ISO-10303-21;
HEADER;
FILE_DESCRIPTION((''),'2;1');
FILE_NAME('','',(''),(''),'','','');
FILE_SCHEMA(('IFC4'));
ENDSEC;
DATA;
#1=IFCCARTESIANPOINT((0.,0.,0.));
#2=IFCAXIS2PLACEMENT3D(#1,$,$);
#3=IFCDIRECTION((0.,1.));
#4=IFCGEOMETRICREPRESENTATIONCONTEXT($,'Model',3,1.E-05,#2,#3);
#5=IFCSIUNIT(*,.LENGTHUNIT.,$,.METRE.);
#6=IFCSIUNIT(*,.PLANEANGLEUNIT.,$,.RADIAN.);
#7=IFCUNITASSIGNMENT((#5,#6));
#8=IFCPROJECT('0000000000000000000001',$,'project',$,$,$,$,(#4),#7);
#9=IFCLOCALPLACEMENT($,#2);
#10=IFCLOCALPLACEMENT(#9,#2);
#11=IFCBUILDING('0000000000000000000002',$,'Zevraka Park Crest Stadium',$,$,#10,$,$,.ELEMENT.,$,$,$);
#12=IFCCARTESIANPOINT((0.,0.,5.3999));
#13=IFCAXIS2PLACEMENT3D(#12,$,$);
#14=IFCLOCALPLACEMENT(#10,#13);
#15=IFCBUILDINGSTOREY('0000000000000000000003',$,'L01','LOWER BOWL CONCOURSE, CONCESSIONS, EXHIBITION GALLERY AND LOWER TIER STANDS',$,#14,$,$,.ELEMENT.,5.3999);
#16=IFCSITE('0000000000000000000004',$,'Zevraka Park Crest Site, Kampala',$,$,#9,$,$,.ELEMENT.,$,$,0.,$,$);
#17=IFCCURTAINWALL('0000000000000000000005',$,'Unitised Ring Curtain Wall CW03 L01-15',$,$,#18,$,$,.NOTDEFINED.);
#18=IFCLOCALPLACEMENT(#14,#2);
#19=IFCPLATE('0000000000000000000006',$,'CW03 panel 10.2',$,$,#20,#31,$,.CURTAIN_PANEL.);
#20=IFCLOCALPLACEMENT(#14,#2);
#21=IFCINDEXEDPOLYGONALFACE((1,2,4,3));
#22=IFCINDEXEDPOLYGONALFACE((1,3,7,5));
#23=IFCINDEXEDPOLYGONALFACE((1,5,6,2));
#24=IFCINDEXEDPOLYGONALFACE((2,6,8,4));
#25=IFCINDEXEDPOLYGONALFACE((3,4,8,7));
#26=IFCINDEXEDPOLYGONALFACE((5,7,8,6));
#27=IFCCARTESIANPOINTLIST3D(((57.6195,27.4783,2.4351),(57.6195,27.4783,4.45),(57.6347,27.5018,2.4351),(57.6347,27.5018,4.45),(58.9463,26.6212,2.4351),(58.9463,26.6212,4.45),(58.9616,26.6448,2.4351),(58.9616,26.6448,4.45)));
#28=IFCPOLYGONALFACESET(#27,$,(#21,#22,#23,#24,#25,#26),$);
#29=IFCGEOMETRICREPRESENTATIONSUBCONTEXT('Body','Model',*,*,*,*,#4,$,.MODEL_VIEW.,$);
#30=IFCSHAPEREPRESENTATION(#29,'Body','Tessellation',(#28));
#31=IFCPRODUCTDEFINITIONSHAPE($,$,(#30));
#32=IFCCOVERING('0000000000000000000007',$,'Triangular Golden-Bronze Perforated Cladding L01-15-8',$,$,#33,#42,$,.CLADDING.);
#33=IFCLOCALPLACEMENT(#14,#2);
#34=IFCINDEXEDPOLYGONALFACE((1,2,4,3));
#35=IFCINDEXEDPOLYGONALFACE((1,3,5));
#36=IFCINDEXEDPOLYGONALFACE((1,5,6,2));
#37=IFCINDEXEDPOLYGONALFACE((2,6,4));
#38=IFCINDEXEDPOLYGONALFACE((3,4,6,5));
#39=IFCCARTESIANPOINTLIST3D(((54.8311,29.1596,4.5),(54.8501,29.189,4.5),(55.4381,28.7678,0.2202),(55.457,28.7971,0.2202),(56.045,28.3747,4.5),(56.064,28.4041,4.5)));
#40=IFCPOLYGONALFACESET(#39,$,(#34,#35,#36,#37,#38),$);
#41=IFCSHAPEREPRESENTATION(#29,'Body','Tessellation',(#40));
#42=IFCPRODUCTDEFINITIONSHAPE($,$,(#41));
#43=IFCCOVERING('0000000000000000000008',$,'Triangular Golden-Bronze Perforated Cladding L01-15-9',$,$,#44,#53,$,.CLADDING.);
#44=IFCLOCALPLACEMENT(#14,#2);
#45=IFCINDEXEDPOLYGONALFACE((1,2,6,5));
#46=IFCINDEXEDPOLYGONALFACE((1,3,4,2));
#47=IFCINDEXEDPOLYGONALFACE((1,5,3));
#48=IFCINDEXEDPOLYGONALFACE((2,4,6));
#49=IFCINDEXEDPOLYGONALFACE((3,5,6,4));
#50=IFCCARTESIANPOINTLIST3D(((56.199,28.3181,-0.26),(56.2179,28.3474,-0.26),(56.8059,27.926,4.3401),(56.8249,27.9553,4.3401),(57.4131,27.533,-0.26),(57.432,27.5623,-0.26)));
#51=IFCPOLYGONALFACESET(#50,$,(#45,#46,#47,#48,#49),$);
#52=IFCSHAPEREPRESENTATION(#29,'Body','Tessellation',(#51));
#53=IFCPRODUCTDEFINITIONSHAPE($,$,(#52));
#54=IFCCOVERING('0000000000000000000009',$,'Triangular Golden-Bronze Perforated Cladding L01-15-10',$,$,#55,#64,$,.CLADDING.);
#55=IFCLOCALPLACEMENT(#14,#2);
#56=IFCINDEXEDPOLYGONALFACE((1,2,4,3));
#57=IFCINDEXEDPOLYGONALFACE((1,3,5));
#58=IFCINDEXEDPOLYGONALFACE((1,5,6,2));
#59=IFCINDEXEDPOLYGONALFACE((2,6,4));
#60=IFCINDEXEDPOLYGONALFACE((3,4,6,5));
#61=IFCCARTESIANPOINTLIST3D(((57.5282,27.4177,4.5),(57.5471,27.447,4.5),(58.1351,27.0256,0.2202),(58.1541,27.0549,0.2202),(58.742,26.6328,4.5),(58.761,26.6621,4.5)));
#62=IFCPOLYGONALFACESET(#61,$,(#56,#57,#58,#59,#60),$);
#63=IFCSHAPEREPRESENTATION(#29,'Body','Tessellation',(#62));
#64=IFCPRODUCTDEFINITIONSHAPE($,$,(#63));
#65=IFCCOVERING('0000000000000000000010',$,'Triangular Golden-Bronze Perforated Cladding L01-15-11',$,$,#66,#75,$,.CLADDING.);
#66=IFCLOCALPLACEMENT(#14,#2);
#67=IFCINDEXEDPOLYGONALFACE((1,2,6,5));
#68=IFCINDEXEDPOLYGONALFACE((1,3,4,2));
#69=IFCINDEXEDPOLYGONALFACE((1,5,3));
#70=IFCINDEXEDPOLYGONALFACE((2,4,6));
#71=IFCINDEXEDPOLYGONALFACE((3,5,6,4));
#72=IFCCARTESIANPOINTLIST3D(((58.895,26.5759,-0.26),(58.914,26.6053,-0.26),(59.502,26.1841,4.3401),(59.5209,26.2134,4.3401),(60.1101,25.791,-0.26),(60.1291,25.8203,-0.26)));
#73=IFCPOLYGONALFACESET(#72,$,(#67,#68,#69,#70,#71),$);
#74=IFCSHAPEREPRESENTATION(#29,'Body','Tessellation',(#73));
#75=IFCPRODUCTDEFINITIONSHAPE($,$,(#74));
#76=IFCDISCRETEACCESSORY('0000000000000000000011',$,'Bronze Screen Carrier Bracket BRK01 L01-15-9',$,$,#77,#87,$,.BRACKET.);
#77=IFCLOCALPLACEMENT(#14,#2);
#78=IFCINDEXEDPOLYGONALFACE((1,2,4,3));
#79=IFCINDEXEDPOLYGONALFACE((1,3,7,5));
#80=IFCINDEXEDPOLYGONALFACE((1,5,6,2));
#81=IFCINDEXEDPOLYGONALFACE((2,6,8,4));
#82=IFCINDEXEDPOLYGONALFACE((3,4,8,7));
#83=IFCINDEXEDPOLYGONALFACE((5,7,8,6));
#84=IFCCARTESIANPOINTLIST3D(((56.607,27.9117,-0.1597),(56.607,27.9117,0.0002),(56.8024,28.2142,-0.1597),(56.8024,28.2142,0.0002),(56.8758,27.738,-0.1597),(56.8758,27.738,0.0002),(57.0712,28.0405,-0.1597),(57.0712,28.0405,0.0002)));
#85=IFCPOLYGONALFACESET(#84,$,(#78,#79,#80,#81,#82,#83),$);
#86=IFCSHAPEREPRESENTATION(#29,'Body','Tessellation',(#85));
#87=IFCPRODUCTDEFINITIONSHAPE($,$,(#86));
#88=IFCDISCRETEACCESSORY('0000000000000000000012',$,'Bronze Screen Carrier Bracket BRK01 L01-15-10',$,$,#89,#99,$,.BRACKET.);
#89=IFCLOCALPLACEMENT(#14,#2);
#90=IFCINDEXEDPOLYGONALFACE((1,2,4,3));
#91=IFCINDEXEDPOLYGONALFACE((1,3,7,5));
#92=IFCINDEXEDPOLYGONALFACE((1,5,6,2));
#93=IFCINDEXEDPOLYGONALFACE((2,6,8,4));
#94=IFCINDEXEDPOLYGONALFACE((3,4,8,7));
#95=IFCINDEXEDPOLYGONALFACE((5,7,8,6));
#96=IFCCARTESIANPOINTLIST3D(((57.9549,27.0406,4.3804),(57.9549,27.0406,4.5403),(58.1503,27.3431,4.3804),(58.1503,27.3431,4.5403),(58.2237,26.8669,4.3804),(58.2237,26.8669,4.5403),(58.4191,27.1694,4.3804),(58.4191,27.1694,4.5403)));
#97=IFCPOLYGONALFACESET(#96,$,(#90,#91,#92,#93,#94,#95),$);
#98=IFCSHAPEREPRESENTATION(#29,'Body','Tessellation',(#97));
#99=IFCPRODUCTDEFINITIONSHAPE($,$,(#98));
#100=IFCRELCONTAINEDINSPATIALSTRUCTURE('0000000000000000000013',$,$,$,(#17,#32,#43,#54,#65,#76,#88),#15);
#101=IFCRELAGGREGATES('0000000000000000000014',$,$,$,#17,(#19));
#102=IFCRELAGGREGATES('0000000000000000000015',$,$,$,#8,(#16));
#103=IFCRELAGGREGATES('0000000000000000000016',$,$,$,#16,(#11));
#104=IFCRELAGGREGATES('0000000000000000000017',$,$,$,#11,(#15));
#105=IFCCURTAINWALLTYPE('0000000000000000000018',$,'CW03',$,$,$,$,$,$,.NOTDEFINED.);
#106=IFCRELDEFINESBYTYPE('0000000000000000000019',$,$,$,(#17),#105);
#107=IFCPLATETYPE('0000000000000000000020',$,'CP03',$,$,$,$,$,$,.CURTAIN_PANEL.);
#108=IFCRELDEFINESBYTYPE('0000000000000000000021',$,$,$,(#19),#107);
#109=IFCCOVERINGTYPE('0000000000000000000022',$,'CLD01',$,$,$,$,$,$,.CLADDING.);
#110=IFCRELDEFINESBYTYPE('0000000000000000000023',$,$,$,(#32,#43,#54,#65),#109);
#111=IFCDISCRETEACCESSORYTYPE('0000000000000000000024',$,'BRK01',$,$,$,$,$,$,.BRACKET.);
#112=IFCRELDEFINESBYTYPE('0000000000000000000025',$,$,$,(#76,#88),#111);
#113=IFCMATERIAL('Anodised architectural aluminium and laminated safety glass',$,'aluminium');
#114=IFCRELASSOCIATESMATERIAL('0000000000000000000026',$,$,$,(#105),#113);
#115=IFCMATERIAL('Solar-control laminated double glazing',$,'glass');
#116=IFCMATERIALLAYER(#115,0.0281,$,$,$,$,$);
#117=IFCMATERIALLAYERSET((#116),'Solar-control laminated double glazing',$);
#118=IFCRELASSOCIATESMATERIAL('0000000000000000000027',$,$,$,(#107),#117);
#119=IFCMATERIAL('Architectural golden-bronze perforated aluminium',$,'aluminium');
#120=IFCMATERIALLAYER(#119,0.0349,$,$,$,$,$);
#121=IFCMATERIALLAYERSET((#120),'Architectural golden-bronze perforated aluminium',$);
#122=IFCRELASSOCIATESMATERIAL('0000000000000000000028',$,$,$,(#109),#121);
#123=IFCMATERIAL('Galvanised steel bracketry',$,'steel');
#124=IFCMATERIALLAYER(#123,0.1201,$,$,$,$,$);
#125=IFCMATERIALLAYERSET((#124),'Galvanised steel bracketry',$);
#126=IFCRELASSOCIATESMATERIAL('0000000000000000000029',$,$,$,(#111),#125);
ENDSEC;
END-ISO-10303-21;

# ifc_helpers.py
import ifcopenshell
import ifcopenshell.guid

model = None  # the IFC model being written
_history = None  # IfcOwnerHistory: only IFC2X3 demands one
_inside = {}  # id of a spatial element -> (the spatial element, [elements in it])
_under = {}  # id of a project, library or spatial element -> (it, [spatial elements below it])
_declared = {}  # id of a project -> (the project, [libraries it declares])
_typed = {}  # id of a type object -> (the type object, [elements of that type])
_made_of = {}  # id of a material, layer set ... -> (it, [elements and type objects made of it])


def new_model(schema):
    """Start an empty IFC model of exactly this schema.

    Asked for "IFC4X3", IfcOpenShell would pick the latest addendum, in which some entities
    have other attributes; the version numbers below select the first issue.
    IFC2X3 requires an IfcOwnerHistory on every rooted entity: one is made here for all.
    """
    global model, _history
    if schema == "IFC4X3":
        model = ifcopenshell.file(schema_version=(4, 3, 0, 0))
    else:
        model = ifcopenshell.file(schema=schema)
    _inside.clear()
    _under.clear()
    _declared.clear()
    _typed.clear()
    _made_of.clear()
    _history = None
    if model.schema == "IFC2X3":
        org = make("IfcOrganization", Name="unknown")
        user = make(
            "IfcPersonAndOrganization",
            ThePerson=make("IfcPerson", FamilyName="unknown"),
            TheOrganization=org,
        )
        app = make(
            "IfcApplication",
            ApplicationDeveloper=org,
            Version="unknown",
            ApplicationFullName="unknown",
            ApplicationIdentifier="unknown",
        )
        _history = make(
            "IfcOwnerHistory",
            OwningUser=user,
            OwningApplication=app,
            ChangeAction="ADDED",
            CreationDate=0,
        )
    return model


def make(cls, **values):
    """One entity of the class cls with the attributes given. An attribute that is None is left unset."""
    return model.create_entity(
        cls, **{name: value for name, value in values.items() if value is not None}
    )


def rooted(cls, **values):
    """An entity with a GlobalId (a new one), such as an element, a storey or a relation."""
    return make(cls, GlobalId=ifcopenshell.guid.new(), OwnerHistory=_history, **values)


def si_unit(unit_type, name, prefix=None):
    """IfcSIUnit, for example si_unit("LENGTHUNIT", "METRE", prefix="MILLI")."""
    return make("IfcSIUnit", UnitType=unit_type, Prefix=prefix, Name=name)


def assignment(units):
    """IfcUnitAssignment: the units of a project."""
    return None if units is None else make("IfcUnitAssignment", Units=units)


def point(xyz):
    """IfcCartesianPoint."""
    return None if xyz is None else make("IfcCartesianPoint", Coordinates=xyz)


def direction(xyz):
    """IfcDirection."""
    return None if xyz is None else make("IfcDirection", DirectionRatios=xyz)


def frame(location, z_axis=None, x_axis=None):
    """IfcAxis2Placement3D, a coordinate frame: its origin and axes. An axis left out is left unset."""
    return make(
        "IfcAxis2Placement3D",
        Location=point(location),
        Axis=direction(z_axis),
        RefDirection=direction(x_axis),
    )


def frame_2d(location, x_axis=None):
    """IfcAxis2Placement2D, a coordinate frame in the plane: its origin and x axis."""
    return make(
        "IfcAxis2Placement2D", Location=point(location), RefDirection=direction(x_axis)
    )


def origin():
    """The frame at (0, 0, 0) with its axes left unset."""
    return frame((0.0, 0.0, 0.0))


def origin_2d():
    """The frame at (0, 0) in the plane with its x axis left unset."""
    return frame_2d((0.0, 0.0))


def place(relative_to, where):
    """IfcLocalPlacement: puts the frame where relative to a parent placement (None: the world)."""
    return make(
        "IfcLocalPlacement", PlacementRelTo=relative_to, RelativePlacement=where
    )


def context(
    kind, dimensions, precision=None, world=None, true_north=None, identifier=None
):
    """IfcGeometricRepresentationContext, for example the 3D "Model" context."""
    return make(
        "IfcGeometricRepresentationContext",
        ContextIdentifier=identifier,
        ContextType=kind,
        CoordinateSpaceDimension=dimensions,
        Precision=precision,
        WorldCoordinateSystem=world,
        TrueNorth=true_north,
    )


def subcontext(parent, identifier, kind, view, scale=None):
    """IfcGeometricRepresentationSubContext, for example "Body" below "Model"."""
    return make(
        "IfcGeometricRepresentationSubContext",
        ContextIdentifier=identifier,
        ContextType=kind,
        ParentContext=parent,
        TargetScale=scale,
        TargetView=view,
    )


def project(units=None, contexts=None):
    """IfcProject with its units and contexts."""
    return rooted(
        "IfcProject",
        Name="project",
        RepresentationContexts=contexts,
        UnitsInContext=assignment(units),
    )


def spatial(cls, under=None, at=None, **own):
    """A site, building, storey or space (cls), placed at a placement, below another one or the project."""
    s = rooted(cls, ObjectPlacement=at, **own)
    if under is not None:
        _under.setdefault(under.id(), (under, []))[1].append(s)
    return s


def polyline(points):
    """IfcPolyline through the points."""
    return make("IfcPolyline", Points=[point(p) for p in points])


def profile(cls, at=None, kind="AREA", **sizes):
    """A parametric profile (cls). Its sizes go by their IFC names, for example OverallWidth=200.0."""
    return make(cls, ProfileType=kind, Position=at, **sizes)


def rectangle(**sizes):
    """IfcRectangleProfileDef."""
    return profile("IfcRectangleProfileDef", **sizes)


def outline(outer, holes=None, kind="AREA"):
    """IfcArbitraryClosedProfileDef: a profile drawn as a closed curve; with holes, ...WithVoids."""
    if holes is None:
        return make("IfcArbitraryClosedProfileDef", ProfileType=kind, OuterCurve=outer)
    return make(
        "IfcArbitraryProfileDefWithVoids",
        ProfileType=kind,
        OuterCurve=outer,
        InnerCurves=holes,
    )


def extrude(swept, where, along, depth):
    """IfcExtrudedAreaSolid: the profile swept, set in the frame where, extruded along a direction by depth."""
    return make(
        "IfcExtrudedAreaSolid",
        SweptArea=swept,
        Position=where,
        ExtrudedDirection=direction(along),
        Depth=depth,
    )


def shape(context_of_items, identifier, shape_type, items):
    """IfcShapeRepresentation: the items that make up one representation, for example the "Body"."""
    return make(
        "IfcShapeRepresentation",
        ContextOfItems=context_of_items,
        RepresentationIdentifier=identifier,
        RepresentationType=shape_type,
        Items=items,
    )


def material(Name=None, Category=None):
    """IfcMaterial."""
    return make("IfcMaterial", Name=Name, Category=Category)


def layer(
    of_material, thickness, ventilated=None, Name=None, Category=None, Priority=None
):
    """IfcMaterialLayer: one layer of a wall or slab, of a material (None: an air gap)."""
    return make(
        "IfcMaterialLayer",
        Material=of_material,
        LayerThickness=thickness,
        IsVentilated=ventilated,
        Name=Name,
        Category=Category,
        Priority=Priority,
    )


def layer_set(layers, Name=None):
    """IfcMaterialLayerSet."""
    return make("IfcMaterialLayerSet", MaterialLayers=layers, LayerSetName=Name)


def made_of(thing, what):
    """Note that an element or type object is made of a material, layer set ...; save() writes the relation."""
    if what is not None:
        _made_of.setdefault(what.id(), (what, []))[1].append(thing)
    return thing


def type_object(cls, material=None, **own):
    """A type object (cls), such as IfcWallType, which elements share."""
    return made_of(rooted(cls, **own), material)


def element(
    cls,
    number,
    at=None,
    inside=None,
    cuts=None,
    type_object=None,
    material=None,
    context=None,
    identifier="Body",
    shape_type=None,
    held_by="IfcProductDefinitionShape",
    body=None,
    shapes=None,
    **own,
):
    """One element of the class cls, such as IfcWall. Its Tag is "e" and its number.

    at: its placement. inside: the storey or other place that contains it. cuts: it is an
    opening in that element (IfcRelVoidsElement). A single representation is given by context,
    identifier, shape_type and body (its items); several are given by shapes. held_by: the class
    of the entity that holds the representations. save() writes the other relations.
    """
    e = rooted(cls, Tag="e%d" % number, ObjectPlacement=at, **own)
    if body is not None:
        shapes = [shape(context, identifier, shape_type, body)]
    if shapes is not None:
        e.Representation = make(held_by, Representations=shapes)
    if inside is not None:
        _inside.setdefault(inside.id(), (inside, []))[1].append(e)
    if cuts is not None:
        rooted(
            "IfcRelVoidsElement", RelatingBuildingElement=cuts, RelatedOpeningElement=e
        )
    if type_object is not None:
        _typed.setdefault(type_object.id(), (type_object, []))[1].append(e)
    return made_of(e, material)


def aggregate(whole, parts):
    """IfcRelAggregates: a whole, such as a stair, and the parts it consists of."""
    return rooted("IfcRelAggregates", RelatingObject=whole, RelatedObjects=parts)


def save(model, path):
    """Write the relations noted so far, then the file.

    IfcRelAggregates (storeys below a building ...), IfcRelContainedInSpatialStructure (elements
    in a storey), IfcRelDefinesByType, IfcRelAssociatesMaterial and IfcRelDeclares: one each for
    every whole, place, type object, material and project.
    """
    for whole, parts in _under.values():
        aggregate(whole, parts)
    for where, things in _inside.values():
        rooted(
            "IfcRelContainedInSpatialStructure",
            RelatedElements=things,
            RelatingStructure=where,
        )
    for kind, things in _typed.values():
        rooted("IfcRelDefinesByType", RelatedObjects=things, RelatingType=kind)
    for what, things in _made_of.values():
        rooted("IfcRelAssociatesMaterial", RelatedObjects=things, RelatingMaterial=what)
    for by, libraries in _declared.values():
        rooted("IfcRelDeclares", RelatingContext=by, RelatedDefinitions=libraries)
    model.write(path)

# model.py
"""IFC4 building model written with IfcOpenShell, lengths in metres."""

from ifc_helpers import new_model, si_unit, direction, frame, origin, origin_2d, place, context, subcontext, project, spatial, polyline, rectangle, outline, extrude, material, layer, layer_set, type_object, element, aggregate, save


model = new_model("IFC4")

# Units and contexts
model_context = context("Model", 3, precision=1e-05, world=origin(), true_north=direction((0.0, 1.0)))
body_context = subcontext(model_context, "Body", "Model", "MODEL_VIEW")
ifc_project = project(units=[si_unit("LENGTHUNIT", "METRE"), si_unit("PLANEANGLEUNIT", "RADIAN")], contexts=[model_context])

# Site, building, storey
site_placement = place(None, origin())
site = spatial("IfcSite", under=ifc_project, at=site_placement, Name="Zevraka Park Crest Site, Kampala", CompositionType="ELEMENT", RefElevation=0.0)
building_placement = place(site_placement, origin())
building = spatial("IfcBuilding", under=site, at=building_placement, Name="Zevraka Park Crest Stadium", CompositionType="ELEMENT")
storey_placement = place(building_placement, frame((0.0, 0.0, 5.3999)))
storey = spatial("IfcBuildingStorey", under=building, at=storey_placement, Name="L01", Description="LOWER BOWL CONCOURSE, CONCESSIONS, EXHIBITION GALLERY AND LOWER TIER STANDS", CompositionType="ELEMENT", Elevation=5.3999)

# Curtain wall, plate
ifc_material_1 = material(Name="Anodised architectural aluminium and laminated safety glass", Category="aluminium")
curtain_wall_type = type_object("IfcCurtainWallType", Name="CW03", PredefinedType="NOTDEFINED", material=ifc_material_1)
curtain_wall_placement = place(storey_placement, origin())
curtain_wall = element("IfcCurtainWall", 1, at=curtain_wall_placement, inside=storey, type_object=curtain_wall_type, Name="Unitised Ring Curtain Wall CW03 L01-15", PredefinedType="NOTDEFINED")
ifc_material_2 = material(Name="Solar-control laminated double glazing", Category="glass")
ifc_layer_1 = layer(ifc_material_2, 0.0281)
ifc_layer_set_1 = layer_set([ifc_layer_1], Name="Solar-control laminated double glazing")
plate_type = type_object("IfcPlateType", Name="CP03", PredefinedType="CURTAIN_PANEL", material=ifc_layer_set_1)
plate_1_placement = place(storey_placement, frame((58.2905, 27.0615, 2.4351), z_axis=(0.0, 0.0, 1.0), x_axis=(0.84001, -0.542571, 0.0)))
plate_1 = element("IfcPlate", 2, at=plate_1_placement, type_object=plate_type, Name="CW03 panel 10.2", PredefinedType="CURTAIN_PANEL", context=body_context, shape_type="SweptSolid", body=[
    extrude(rectangle(XDim=1.5796, YDim=0.0281, at=origin_2d()), origin(), (0.0, 0.0, 1.0), 2.0149),
])
aggregate(curtain_wall, [plate_1])

# Coverings
ifc_material_3 = material(Name="Architectural golden-bronze perforated aluminium", Category="aluminium")
ifc_layer_2 = layer(ifc_material_3, 0.0349)
ifc_layer_set_2 = layer_set([ifc_layer_2], Name="Architectural golden-bronze perforated aluminium")
covering_type = type_object("IfcCoveringType", Name="CLD01", PredefinedType="CLADDING", material=ifc_layer_set_2)
covering_1_placement = place(storey_placement, frame((56.064, 28.4041, 4.5), z_axis=(0.542992, 0.839738, 0.00012), x_axis=(-0.839738, 0.542992, 0.0)))
element("IfcCovering", 3, at=covering_1_placement, inside=storey, type_object=covering_type, Name="Triangular Golden-Bronze Perforated Cladding L01-15-8", PredefinedType="CLADDING", context=body_context, shape_type="SweptSolid", body=[
    extrude(outline(polyline([(0.0, 0.0), (1.4455, 0.0), (0.7231, -4.2798), (0.0, 0.0)])), origin(), (0.0, 0.0, -1.0), 0.0349),
])
covering_2_placement = place(storey_placement, frame((56.199, 28.3181, -0.26), z_axis=(-0.543034, -0.839711, 0.000075), x_axis=(0.839711, -0.543034, 0.0)))
element("IfcCovering", 4, at=covering_2_placement, inside=storey, type_object=covering_type, Name="Triangular Golden-Bronze Perforated Cladding L01-15-9", PredefinedType="CLADDING", context=body_context, shape_type="SweptSolid", body=[
    extrude(outline(polyline([(0.0, 0.0), (1.4459, 0.0), (0.7226, 4.6001), (0.0, 0.0)])), origin(), (0.0, 0.0, -1.0), 0.0349),
])
covering_3_placement = place(storey_placement, frame((58.761, 26.6621, 4.5), z_axis=(0.542992, 0.839738, 0.000072), x_axis=(-0.839738, 0.542992, 0.0)))
element("IfcCovering", 5, at=covering_3_placement, inside=storey, type_object=covering_type, Name="Triangular Golden-Bronze Perforated Cladding L01-15-10", PredefinedType="CLADDING", context=body_context, shape_type="SweptSolid", body=[
    extrude(outline(polyline([(0.0, 0.0), (1.4455, 0.0), (0.723, -4.2798), (0.0, 0.0)])), origin(), (0.0, 0.0, -1.0), 0.0349),
])
covering_4_placement = place(storey_placement, frame((58.895, 26.5759, -0.26), z_axis=(-0.542607, -0.839986, 0.000039), x_axis=(0.839986, -0.542607, 0.0)))
element("IfcCovering", 6, at=covering_4_placement, inside=storey, type_object=covering_type, Name="Triangular Golden-Bronze Perforated Cladding L01-15-11", PredefinedType="CLADDING", context=body_context, shape_type="SweptSolid", body=[
    extrude(outline(polyline([(0.0, 0.0), (1.4466, 0.0), (0.7224, 4.6001), (0.0, 0.0)])), origin(), (0.0, 0.0, -1.0), 0.0349),
])

# Discrete accessories
ifc_material_4 = material(Name="Galvanised steel bracketry", Category="steel")
ifc_layer_3 = layer(ifc_material_4, 0.1201)
ifc_layer_set_3 = layer_set([ifc_layer_3], Name="Galvanised steel bracketry")
discrete_accessory_type = type_object("IfcDiscreteAccessoryType", Name="BRK01", PredefinedType="BRACKET", material=ifc_layer_set_3)
for number, where, z_axis, x_axis, name in (
    (7, (56.8391, 27.9761, -0.1597), (0.0, 0.0, 1.0), (0.839999, -0.542588, 0.0), "Bronze Screen Carrier Bracket BRK01 L01-15-9"),
    (8, (58.187, 27.105, 4.3804), (0.0, 0.0, 1.0), (0.839999, -0.542588, 0.0), "Bronze Screen Carrier Bracket BRK01 L01-15-10"),
):
    element("IfcDiscreteAccessory", number, at=place(storey_placement, frame(where, z_axis=z_axis, x_axis=x_axis)), inside=storey, type_object=discrete_accessory_type, Name=name, PredefinedType="BRACKET", context=body_context, shape_type="SweptSolid", body=[
        extrude(rectangle(XDim=0.3201, YDim=0.3601, at=origin_2d()), origin(), (0.0, 0.0, 1.0), 0.1599),
    ])

save(model, "model.ifc")
